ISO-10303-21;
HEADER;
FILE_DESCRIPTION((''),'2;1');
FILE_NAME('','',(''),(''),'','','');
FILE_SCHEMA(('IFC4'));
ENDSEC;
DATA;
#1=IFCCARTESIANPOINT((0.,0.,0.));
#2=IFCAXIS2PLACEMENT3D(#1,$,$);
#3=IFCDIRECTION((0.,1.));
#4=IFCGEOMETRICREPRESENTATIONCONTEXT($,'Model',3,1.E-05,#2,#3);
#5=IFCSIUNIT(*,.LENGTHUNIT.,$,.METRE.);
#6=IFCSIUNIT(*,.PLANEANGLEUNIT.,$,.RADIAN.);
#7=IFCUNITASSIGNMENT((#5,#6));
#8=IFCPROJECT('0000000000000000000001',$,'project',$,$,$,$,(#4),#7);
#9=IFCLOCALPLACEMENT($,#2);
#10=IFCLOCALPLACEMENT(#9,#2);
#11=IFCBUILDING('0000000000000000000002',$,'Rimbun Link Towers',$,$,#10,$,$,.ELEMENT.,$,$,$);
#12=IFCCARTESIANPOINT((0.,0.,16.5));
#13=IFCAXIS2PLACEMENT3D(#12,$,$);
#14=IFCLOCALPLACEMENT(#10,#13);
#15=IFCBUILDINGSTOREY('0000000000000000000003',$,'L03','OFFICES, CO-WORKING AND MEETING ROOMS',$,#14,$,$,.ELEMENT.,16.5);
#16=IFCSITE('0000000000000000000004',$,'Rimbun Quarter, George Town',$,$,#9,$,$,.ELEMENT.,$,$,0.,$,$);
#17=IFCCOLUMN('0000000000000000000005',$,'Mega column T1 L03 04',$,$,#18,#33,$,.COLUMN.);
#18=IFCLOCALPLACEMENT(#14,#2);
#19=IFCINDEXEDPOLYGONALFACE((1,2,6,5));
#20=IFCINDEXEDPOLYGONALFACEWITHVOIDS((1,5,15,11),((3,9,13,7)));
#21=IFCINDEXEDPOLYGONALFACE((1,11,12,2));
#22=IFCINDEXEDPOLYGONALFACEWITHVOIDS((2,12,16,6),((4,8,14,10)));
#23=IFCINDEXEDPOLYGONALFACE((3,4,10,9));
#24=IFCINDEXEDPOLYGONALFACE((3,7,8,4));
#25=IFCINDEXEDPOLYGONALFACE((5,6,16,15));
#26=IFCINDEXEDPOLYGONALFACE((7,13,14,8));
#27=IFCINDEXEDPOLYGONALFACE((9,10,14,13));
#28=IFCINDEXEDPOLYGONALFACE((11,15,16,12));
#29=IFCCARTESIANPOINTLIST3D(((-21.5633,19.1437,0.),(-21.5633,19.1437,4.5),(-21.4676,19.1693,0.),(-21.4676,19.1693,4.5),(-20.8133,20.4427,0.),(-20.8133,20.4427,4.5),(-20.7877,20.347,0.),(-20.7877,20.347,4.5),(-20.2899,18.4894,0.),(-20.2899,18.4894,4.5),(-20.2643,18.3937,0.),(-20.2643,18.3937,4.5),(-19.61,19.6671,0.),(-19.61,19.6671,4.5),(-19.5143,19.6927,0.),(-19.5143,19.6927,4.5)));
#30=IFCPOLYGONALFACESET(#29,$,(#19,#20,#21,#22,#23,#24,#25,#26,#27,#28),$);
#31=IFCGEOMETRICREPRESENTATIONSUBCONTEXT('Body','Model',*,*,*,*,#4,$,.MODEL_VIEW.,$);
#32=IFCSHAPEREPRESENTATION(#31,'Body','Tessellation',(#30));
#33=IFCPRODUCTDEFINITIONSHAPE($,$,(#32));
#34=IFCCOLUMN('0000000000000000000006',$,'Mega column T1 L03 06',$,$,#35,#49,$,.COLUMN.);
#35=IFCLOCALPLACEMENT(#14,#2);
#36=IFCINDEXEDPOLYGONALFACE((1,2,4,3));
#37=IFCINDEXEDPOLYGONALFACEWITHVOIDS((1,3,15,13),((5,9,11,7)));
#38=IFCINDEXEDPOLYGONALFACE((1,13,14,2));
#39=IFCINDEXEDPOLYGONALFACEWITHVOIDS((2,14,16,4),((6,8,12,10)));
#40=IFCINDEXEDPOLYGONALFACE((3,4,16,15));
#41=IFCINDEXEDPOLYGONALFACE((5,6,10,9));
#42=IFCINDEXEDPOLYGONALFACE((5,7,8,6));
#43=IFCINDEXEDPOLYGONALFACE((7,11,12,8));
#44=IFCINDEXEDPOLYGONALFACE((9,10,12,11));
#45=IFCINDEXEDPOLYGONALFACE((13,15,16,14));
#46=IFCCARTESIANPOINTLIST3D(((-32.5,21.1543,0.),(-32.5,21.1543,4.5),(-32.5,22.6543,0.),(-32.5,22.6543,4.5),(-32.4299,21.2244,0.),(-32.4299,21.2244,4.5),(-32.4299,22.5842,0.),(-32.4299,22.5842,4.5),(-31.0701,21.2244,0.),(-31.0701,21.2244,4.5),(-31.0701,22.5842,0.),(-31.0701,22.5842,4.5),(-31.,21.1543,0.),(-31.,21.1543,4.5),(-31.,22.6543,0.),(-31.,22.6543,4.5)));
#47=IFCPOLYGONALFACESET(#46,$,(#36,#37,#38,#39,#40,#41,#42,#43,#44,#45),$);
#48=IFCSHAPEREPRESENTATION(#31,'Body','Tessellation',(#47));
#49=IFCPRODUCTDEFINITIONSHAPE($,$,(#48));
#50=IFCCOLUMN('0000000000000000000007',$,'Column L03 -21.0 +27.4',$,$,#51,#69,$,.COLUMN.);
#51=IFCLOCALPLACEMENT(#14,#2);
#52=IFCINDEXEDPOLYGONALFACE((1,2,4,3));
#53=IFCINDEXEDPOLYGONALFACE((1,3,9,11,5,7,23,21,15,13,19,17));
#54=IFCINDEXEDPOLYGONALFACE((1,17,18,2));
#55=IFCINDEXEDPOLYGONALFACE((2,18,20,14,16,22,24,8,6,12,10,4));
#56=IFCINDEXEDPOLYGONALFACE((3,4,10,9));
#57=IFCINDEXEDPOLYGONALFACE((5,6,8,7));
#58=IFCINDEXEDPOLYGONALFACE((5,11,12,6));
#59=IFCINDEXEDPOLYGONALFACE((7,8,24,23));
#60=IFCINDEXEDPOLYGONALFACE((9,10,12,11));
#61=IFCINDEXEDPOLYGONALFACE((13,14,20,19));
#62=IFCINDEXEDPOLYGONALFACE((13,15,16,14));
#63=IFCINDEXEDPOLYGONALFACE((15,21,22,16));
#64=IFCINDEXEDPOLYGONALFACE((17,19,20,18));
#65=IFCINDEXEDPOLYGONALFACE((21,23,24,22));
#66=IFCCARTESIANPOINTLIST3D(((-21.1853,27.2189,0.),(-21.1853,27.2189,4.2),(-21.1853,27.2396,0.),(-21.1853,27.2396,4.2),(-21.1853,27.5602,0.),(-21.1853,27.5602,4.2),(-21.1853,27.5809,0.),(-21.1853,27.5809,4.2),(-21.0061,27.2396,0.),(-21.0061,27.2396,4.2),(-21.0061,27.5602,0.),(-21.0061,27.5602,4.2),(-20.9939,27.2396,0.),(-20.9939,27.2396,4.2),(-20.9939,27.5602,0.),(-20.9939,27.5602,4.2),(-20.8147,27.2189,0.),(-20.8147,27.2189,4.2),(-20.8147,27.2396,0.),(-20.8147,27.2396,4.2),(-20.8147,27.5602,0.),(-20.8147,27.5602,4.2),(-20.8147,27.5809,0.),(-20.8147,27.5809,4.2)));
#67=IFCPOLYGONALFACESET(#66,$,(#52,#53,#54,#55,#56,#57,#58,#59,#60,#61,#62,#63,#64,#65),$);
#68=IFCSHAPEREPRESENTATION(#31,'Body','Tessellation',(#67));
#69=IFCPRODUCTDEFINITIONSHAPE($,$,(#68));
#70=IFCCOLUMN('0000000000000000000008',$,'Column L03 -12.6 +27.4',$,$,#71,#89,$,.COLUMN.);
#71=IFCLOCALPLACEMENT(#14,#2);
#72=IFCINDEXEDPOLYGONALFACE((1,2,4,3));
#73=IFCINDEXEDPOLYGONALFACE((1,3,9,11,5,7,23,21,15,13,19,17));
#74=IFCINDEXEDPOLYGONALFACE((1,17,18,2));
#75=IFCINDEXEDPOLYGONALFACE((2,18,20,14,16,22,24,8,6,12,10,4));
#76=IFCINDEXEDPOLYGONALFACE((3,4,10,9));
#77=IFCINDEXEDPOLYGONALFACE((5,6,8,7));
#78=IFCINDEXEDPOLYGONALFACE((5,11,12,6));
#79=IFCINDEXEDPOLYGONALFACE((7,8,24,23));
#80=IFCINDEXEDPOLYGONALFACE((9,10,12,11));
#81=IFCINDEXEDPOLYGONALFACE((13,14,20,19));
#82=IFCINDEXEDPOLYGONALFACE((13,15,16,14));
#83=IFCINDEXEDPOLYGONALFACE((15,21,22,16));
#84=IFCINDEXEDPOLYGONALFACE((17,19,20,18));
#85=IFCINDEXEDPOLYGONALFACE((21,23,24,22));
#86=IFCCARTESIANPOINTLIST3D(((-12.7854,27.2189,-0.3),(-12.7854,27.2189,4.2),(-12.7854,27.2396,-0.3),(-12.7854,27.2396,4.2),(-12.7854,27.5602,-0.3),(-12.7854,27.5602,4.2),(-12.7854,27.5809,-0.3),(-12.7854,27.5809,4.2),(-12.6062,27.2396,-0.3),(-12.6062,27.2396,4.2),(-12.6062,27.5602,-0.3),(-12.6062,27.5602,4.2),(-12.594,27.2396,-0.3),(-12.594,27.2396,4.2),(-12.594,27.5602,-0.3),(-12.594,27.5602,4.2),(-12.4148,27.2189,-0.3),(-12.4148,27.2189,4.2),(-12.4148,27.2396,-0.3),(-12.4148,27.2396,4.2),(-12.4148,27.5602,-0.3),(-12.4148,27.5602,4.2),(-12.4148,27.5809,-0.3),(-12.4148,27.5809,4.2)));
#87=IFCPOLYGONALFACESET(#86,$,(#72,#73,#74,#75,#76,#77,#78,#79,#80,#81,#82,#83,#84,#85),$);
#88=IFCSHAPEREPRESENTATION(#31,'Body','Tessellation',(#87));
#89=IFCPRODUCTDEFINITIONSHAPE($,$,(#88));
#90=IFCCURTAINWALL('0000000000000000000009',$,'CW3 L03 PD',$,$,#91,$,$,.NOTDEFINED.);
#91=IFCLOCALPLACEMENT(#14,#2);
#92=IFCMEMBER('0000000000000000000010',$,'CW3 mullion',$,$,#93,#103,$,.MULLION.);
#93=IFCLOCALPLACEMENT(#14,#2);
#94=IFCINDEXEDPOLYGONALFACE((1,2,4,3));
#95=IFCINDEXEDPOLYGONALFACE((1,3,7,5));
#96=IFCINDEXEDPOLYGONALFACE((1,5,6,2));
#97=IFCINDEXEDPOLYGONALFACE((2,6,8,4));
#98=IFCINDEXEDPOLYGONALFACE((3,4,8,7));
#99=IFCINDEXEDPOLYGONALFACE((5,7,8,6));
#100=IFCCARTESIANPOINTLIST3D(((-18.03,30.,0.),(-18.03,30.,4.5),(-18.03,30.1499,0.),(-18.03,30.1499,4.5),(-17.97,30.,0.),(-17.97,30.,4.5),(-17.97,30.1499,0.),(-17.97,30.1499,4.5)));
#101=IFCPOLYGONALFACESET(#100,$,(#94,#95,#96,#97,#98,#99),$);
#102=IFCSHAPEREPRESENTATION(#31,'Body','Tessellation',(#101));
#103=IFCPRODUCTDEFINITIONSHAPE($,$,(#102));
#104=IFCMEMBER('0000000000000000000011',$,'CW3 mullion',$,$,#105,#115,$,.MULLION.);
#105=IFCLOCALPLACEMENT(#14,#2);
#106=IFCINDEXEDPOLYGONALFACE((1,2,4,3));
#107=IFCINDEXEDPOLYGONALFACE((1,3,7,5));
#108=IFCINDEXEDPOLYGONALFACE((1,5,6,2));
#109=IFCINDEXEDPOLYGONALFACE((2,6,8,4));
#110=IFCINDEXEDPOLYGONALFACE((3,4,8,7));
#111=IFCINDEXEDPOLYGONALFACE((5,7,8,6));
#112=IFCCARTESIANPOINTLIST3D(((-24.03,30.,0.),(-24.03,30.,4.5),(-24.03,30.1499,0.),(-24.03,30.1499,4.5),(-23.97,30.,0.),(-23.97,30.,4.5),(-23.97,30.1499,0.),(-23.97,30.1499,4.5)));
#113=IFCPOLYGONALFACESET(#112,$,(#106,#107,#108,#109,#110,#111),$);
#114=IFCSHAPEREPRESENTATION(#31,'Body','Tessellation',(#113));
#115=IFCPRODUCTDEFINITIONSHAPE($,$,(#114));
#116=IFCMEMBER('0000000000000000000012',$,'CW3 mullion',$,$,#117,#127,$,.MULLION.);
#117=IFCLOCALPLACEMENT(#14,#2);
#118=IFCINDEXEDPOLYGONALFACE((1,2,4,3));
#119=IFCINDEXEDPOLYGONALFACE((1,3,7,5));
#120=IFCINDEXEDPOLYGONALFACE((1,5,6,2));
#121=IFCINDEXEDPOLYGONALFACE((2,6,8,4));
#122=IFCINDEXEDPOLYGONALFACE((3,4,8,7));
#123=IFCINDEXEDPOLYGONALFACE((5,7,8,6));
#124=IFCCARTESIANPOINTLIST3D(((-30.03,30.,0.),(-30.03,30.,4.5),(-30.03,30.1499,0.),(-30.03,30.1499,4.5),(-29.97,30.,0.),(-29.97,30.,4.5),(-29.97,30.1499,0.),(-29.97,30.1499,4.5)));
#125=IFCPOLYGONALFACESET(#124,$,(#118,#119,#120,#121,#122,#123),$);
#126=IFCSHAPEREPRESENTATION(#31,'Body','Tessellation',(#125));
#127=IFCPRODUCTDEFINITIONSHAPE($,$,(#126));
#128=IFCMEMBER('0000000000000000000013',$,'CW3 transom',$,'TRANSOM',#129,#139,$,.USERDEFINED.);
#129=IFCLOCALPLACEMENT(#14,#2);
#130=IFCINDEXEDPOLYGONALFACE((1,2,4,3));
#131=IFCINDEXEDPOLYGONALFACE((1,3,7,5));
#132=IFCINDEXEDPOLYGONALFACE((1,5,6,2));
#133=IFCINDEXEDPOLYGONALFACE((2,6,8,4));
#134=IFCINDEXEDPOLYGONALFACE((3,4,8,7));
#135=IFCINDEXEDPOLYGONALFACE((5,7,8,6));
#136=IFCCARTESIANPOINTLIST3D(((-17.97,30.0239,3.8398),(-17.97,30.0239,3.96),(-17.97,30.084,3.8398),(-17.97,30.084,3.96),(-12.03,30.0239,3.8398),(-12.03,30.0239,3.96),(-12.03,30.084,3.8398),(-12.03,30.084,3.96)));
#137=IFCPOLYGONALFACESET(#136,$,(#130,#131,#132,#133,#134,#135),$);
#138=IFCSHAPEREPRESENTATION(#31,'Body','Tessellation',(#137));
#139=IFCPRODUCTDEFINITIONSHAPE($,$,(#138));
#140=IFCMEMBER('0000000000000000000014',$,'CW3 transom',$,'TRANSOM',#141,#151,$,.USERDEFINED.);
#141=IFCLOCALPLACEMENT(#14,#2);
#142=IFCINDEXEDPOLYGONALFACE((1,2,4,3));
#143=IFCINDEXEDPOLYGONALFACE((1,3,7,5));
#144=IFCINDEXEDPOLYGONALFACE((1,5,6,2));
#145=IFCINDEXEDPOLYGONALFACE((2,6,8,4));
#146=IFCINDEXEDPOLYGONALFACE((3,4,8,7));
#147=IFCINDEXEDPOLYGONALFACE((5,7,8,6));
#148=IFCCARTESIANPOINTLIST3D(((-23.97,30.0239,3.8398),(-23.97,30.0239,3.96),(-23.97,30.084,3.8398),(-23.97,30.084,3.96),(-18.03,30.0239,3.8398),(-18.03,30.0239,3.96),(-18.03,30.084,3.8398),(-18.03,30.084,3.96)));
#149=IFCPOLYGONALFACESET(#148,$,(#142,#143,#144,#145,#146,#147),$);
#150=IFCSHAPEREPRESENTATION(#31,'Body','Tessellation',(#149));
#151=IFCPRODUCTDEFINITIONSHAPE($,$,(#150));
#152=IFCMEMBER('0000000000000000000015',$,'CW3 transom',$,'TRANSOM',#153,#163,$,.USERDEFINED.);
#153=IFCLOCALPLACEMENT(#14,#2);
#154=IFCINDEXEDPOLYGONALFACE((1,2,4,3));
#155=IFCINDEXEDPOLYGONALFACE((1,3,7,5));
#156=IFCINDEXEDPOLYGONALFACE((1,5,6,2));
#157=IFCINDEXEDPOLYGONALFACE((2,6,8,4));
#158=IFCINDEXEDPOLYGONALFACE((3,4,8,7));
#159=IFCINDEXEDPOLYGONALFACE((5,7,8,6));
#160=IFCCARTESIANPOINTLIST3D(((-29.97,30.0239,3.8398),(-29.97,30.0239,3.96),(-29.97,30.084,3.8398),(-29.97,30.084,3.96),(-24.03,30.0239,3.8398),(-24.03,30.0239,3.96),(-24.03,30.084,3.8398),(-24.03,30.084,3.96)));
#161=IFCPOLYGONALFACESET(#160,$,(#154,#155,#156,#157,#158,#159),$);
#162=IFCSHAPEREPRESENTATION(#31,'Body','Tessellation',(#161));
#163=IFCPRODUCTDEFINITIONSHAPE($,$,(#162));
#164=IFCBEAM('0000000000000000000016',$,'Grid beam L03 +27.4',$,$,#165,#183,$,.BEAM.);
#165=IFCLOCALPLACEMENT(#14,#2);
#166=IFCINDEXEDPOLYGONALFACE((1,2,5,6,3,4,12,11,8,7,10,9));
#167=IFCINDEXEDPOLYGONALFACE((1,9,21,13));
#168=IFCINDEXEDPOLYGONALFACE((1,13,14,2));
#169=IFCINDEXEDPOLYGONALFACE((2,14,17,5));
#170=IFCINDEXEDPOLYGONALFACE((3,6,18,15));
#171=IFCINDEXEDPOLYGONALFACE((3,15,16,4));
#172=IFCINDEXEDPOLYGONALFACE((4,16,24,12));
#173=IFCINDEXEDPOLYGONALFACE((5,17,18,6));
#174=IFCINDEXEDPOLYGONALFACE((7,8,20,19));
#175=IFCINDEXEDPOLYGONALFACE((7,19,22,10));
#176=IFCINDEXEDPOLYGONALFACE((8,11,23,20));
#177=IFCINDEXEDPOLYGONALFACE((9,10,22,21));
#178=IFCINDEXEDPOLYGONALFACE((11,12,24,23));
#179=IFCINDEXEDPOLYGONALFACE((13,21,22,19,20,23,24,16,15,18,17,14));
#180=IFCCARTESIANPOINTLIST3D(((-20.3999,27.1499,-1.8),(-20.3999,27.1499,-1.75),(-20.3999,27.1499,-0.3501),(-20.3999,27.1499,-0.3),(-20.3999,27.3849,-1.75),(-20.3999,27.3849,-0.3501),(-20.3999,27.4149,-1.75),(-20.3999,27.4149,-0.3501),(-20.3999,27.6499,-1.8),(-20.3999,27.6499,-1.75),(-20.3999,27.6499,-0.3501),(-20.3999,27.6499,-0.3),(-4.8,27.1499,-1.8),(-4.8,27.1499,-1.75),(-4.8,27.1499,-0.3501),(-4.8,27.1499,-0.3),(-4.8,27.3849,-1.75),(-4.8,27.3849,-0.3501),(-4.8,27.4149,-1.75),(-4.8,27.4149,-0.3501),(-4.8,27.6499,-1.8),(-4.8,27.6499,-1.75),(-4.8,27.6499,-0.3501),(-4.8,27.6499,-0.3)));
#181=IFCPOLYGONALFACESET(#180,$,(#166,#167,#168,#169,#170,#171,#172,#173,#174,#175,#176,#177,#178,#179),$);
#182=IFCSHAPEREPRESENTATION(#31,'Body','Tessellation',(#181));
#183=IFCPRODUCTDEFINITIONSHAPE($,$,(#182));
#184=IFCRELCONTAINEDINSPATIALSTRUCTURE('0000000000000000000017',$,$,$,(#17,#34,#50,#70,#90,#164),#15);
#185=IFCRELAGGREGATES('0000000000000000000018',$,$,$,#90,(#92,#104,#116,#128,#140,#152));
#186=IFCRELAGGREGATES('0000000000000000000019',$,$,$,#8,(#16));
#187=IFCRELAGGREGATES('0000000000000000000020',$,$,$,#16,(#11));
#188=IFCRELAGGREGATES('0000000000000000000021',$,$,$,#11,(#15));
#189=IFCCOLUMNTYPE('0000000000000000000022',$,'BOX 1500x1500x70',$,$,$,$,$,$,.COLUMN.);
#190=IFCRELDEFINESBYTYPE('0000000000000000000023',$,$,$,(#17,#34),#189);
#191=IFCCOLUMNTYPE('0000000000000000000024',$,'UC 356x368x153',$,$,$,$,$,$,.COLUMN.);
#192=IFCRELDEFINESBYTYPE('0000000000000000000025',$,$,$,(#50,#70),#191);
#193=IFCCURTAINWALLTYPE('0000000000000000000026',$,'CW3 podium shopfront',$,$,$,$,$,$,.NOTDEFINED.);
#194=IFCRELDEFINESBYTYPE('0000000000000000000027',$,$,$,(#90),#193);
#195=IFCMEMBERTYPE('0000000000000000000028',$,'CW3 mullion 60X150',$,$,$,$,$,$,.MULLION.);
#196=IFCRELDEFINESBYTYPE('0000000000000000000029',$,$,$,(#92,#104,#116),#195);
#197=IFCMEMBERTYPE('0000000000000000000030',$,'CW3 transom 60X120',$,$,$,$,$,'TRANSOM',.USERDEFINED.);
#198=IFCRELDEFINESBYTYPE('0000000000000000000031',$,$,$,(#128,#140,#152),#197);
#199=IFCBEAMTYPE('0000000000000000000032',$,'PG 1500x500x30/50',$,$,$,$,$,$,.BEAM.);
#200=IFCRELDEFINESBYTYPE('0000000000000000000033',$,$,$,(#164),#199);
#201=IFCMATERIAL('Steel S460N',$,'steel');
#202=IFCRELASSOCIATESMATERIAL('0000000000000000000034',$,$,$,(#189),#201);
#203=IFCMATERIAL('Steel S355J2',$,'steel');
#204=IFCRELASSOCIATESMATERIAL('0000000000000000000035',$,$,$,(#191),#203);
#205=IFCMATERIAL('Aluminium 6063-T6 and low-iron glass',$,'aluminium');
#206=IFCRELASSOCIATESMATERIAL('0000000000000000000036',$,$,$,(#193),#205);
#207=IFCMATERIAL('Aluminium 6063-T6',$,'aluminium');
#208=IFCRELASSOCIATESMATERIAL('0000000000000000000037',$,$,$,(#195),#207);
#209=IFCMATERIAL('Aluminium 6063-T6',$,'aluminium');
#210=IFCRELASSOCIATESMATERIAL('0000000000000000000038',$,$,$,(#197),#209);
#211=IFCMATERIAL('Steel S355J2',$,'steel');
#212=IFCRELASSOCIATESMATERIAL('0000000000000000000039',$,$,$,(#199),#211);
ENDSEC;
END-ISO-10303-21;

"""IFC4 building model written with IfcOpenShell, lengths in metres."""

from ifc_helpers import new_model, si_unit, direction, frame, origin, origin_2d, place, context, subcontext, project, spatial, rectangle, hollow_rectangle, i_section, extrude, material, material_profile, profile_set, type_object, element, aggregate, save


model = new_model("IFC4")

# Units and contexts
model_context = context("Model", 3, precision=1e-05, world=origin(), true_north=direction((0.0, 1.0)))
body_context = subcontext(model_context, "Body", "Model", "MODEL_VIEW")
ifc_project = project(units=[si_unit("LENGTHUNIT", "METRE"), si_unit("PLANEANGLEUNIT", "RADIAN")], contexts=[model_context])

# Site, building, storey
site_placement = place(None, origin())
site = spatial("IfcSite", under=ifc_project, at=site_placement, Name="Rimbun Quarter, George Town", CompositionType="ELEMENT", RefElevation=0.0)
building_placement = place(site_placement, origin())
building = spatial("IfcBuilding", under=site, at=building_placement, Name="Rimbun Link Towers", CompositionType="ELEMENT")
storey_placement = place(building_placement, frame((0.0, 0.0, 16.5)))
storey = spatial("IfcBuildingStorey", under=building, at=storey_placement, Name="L03", Description="OFFICES, CO-WORKING AND MEETING ROOMS", CompositionType="ELEMENT", Elevation=16.5)

# Columns
ifc_material_1 = material(Name="Steel S460N", Category="steel")
ifc_material_profile_1 = material_profile(ifc_material_1, hollow_rectangle(XDim=1.5, YDim=1.5, WallThickness=0.0701, at=origin_2d()), Name="BOX 1500x1500x70")
ifc_profile_set_1 = profile_set([ifc_material_profile_1], Name="Steel S460N")
column_type_1 = type_object("IfcColumnType", Name="BOX 1500x1500x70", PredefinedType="COLUMN", material=ifc_profile_set_1)
for number, where, z_axis, x_axis, name in (
    (1, (-20.5388, 19.4182, 0.0), (0.0, 0.0, 1.0), (0.5, 0.866025, 0.0), "Mega column T1 L03 04"),
    (2, (-31.75, 21.9043, 0.0), (0.0, 0.0, 1.0), (0.0, 1.0, 0.0), "Mega column T1 L03 06"),
):
    element("IfcColumn", number, at=place(storey_placement, frame(where, z_axis=z_axis, x_axis=x_axis)), inside=storey, type_object=column_type_1, Name=name, PredefinedType="COLUMN", context=body_context, shape_type="SweptSolid", body=[
        extrude(hollow_rectangle(XDim=1.5, YDim=1.5, WallThickness=0.0701, at=origin_2d()), origin(), (0.0, 0.0, 1.0), 4.5),
    ])
ifc_material_2 = material(Name="Steel S355J2", Category="steel")
ifc_material_profile_2 = material_profile(ifc_material_2, i_section(OverallWidth=0.3706, OverallDepth=0.3621, WebThickness=0.0122, FlangeThickness=0.0208, at=origin_2d()), Name="UC 356x368x153")
ifc_profile_set_2 = profile_set([ifc_material_profile_2], Name="Steel S355J2")
column_type_2 = type_object("IfcColumnType", Name="UC 356x368x153", PredefinedType="COLUMN", material=ifc_profile_set_2)
column_1_placement = place(storey_placement, frame((-21.0, 27.3999, 0.0), z_axis=(0.0, 0.0, 1.0), x_axis=(1.0, 0.0, 0.0)))
element("IfcColumn", 3, at=column_1_placement, inside=storey, type_object=column_type_2, Name="Column L03 -21.0 +27.4", PredefinedType="COLUMN", context=body_context, shape_type="SweptSolid", body=[
    extrude(i_section(OverallWidth=0.3706, OverallDepth=0.3621, WebThickness=0.0122, FlangeThickness=0.0208, at=origin_2d()), origin(), (0.0, 0.0, 1.0), 4.2),
])
column_2_placement = place(storey_placement, frame((-12.6001, 27.3999, -0.3), z_axis=(0.0, 0.0, 1.0), x_axis=(1.0, 0.0, 0.0)))
element("IfcColumn", 4, at=column_2_placement, inside=storey, type_object=column_type_2, Name="Column L03 -12.6 +27.4", PredefinedType="COLUMN", context=body_context, shape_type="SweptSolid", body=[
    extrude(i_section(OverallWidth=0.3706, OverallDepth=0.3621, WebThickness=0.0122, FlangeThickness=0.0208, at=origin_2d()), origin(), (0.0, 0.0, 1.0), 4.5),
])

# Curtain wall, members
ifc_material_3 = material(Name="Aluminium 6063-T6 and low-iron glass", Category="aluminium")
curtain_wall_type = type_object("IfcCurtainWallType", Name="CW3 podium shopfront", PredefinedType="NOTDEFINED", material=ifc_material_3)
curtain_wall_placement = place(storey_placement, origin())
curtain_wall = element("IfcCurtainWall", 5, at=curtain_wall_placement, inside=storey, type_object=curtain_wall_type, Name="CW3 L03 PD", PredefinedType="NOTDEFINED")
ifc_material_4 = material(Name="Aluminium 6063-T6", Category="aluminium")
ifc_material_profile_3 = material_profile(ifc_material_4, rectangle(XDim=0.1499, YDim=0.0601, at=origin_2d()), Name="MULLION 60X150")
ifc_profile_set_3 = profile_set([ifc_material_profile_3], Name="Aluminium 6063-T6")
member_type_1 = type_object("IfcMemberType", Name="CW3 mullion 60X150", PredefinedType="MULLION", material=ifc_profile_set_3)
member_1_placement = place(storey_placement, frame((-18.0, 30.075, 0.0), z_axis=(0.0, 0.0, 1.0), x_axis=(0.0, 1.0, 0.0)))
member_1 = element("IfcMember", 6, at=member_1_placement, type_object=member_type_1, Name="CW3 mullion", PredefinedType="MULLION", context=body_context, shape_type="SweptSolid", body=[
    extrude(rectangle(XDim=0.1499, YDim=0.0601, at=origin_2d()), origin(), (0.0, 0.0, 1.0), 4.5),
])
member_2_placement = place(storey_placement, frame((-24.0, 30.075, 0.0), z_axis=(0.0, 0.0, 1.0), x_axis=(0.0, 1.0, 0.0)))
member_2 = element("IfcMember", 7, at=member_2_placement, type_object=member_type_1, Name="CW3 mullion", PredefinedType="MULLION", context=body_context, shape_type="SweptSolid", body=[
    extrude(rectangle(XDim=0.1499, YDim=0.0601, at=origin_2d()), origin(), (0.0, 0.0, 1.0), 4.5),
])
member_3_placement = place(storey_placement, frame((-30.0, 30.075, 0.0), z_axis=(0.0, 0.0, 1.0), x_axis=(0.0, 1.0, 0.0)))
member_3 = element("IfcMember", 8, at=member_3_placement, type_object=member_type_1, Name="CW3 mullion", PredefinedType="MULLION", context=body_context, shape_type="SweptSolid", body=[
    extrude(rectangle(XDim=0.1499, YDim=0.0601, at=origin_2d()), origin(), (0.0, 0.0, 1.0), 4.5),
])
ifc_material_5 = material(Name="Aluminium 6063-T6", Category="aluminium")
ifc_material_profile_4 = material_profile(ifc_material_5, rectangle(XDim=0.0601, YDim=0.1201, at=origin_2d()), Name="TRANSOM 60X120")
ifc_profile_set_4 = profile_set([ifc_material_profile_4], Name="Aluminium 6063-T6")
member_type_2 = type_object("IfcMemberType", Name="CW3 transom 60X120", ElementType="TRANSOM", PredefinedType="USERDEFINED", material=ifc_profile_set_4)
member_4_placement = place(storey_placement, frame((-17.97, 30.054, 3.8999), z_axis=(1.0, 0.0, 0.0), x_axis=(0.0, 1.0, 0.0)))
member_4 = element("IfcMember", 9, at=member_4_placement, type_object=member_type_2, Name="CW3 transom", ObjectType="TRANSOM", PredefinedType="USERDEFINED", context=body_context, shape_type="SweptSolid", body=[
    extrude(rectangle(XDim=0.0601, YDim=0.1201, at=origin_2d()), origin(), (0.0, 0.0, 1.0), 5.9399),
])
member_5_placement = place(storey_placement, frame((-23.97, 30.054, 3.8999), z_axis=(1.0, 0.0, 0.0), x_axis=(0.0, 1.0, 0.0)))
member_5 = element("IfcMember", 10, at=member_5_placement, type_object=member_type_2, Name="CW3 transom", ObjectType="TRANSOM", PredefinedType="USERDEFINED", context=body_context, shape_type="SweptSolid", body=[
    extrude(rectangle(XDim=0.0601, YDim=0.1201, at=origin_2d()), origin(), (0.0, 0.0, 1.0), 5.9399),
])
member_6_placement = place(storey_placement, frame((-29.97, 30.054, 3.8999), z_axis=(1.0, 0.0, 0.0), x_axis=(0.0, 1.0, 0.0)))
member_6 = element("IfcMember", 11, at=member_6_placement, type_object=member_type_2, Name="CW3 transom", ObjectType="TRANSOM", PredefinedType="USERDEFINED", context=body_context, shape_type="SweptSolid", body=[
    extrude(rectangle(XDim=0.0601, YDim=0.1201, at=origin_2d()), origin(), (0.0, 0.0, 1.0), 5.9399),
])

# Beam
ifc_material_6 = material(Name="Steel S355J2", Category="steel")
ifc_material_profile_5 = material_profile(ifc_material_6, i_section(OverallWidth=0.5, OverallDepth=1.5, WebThickness=0.03, FlangeThickness=0.05, at=origin_2d()), Name="PG 1500x500x30/50")
ifc_profile_set_5 = profile_set([ifc_material_profile_5], Name="Steel S355J2")
beam_type_1 = type_object("IfcBeamType", Name="PG 1500x500x30/50", PredefinedType="BEAM", material=ifc_profile_set_5)
beam_1_placement = place(storey_placement, frame((-20.3999, 27.3999, -1.05), z_axis=(1.0, 0.0, 0.0), x_axis=(0.0, 1.0, 0.0)))
element("IfcBeam", 12, at=beam_1_placement, inside=storey, type_object=beam_type_1, Name="Grid beam L03 +27.4", PredefinedType="BEAM", context=body_context, shape_type="SweptSolid", body=[
    extrude(i_section(OverallWidth=0.5, OverallDepth=1.5, WebThickness=0.03, FlangeThickness=0.05, at=origin_2d()), origin(), (0.0, 0.0, 1.0), 15.5999),
])

aggregate(curtain_wall, [member_1, member_2, member_3, member_4, member_5, member_6])

save(model, "model.ifc")
